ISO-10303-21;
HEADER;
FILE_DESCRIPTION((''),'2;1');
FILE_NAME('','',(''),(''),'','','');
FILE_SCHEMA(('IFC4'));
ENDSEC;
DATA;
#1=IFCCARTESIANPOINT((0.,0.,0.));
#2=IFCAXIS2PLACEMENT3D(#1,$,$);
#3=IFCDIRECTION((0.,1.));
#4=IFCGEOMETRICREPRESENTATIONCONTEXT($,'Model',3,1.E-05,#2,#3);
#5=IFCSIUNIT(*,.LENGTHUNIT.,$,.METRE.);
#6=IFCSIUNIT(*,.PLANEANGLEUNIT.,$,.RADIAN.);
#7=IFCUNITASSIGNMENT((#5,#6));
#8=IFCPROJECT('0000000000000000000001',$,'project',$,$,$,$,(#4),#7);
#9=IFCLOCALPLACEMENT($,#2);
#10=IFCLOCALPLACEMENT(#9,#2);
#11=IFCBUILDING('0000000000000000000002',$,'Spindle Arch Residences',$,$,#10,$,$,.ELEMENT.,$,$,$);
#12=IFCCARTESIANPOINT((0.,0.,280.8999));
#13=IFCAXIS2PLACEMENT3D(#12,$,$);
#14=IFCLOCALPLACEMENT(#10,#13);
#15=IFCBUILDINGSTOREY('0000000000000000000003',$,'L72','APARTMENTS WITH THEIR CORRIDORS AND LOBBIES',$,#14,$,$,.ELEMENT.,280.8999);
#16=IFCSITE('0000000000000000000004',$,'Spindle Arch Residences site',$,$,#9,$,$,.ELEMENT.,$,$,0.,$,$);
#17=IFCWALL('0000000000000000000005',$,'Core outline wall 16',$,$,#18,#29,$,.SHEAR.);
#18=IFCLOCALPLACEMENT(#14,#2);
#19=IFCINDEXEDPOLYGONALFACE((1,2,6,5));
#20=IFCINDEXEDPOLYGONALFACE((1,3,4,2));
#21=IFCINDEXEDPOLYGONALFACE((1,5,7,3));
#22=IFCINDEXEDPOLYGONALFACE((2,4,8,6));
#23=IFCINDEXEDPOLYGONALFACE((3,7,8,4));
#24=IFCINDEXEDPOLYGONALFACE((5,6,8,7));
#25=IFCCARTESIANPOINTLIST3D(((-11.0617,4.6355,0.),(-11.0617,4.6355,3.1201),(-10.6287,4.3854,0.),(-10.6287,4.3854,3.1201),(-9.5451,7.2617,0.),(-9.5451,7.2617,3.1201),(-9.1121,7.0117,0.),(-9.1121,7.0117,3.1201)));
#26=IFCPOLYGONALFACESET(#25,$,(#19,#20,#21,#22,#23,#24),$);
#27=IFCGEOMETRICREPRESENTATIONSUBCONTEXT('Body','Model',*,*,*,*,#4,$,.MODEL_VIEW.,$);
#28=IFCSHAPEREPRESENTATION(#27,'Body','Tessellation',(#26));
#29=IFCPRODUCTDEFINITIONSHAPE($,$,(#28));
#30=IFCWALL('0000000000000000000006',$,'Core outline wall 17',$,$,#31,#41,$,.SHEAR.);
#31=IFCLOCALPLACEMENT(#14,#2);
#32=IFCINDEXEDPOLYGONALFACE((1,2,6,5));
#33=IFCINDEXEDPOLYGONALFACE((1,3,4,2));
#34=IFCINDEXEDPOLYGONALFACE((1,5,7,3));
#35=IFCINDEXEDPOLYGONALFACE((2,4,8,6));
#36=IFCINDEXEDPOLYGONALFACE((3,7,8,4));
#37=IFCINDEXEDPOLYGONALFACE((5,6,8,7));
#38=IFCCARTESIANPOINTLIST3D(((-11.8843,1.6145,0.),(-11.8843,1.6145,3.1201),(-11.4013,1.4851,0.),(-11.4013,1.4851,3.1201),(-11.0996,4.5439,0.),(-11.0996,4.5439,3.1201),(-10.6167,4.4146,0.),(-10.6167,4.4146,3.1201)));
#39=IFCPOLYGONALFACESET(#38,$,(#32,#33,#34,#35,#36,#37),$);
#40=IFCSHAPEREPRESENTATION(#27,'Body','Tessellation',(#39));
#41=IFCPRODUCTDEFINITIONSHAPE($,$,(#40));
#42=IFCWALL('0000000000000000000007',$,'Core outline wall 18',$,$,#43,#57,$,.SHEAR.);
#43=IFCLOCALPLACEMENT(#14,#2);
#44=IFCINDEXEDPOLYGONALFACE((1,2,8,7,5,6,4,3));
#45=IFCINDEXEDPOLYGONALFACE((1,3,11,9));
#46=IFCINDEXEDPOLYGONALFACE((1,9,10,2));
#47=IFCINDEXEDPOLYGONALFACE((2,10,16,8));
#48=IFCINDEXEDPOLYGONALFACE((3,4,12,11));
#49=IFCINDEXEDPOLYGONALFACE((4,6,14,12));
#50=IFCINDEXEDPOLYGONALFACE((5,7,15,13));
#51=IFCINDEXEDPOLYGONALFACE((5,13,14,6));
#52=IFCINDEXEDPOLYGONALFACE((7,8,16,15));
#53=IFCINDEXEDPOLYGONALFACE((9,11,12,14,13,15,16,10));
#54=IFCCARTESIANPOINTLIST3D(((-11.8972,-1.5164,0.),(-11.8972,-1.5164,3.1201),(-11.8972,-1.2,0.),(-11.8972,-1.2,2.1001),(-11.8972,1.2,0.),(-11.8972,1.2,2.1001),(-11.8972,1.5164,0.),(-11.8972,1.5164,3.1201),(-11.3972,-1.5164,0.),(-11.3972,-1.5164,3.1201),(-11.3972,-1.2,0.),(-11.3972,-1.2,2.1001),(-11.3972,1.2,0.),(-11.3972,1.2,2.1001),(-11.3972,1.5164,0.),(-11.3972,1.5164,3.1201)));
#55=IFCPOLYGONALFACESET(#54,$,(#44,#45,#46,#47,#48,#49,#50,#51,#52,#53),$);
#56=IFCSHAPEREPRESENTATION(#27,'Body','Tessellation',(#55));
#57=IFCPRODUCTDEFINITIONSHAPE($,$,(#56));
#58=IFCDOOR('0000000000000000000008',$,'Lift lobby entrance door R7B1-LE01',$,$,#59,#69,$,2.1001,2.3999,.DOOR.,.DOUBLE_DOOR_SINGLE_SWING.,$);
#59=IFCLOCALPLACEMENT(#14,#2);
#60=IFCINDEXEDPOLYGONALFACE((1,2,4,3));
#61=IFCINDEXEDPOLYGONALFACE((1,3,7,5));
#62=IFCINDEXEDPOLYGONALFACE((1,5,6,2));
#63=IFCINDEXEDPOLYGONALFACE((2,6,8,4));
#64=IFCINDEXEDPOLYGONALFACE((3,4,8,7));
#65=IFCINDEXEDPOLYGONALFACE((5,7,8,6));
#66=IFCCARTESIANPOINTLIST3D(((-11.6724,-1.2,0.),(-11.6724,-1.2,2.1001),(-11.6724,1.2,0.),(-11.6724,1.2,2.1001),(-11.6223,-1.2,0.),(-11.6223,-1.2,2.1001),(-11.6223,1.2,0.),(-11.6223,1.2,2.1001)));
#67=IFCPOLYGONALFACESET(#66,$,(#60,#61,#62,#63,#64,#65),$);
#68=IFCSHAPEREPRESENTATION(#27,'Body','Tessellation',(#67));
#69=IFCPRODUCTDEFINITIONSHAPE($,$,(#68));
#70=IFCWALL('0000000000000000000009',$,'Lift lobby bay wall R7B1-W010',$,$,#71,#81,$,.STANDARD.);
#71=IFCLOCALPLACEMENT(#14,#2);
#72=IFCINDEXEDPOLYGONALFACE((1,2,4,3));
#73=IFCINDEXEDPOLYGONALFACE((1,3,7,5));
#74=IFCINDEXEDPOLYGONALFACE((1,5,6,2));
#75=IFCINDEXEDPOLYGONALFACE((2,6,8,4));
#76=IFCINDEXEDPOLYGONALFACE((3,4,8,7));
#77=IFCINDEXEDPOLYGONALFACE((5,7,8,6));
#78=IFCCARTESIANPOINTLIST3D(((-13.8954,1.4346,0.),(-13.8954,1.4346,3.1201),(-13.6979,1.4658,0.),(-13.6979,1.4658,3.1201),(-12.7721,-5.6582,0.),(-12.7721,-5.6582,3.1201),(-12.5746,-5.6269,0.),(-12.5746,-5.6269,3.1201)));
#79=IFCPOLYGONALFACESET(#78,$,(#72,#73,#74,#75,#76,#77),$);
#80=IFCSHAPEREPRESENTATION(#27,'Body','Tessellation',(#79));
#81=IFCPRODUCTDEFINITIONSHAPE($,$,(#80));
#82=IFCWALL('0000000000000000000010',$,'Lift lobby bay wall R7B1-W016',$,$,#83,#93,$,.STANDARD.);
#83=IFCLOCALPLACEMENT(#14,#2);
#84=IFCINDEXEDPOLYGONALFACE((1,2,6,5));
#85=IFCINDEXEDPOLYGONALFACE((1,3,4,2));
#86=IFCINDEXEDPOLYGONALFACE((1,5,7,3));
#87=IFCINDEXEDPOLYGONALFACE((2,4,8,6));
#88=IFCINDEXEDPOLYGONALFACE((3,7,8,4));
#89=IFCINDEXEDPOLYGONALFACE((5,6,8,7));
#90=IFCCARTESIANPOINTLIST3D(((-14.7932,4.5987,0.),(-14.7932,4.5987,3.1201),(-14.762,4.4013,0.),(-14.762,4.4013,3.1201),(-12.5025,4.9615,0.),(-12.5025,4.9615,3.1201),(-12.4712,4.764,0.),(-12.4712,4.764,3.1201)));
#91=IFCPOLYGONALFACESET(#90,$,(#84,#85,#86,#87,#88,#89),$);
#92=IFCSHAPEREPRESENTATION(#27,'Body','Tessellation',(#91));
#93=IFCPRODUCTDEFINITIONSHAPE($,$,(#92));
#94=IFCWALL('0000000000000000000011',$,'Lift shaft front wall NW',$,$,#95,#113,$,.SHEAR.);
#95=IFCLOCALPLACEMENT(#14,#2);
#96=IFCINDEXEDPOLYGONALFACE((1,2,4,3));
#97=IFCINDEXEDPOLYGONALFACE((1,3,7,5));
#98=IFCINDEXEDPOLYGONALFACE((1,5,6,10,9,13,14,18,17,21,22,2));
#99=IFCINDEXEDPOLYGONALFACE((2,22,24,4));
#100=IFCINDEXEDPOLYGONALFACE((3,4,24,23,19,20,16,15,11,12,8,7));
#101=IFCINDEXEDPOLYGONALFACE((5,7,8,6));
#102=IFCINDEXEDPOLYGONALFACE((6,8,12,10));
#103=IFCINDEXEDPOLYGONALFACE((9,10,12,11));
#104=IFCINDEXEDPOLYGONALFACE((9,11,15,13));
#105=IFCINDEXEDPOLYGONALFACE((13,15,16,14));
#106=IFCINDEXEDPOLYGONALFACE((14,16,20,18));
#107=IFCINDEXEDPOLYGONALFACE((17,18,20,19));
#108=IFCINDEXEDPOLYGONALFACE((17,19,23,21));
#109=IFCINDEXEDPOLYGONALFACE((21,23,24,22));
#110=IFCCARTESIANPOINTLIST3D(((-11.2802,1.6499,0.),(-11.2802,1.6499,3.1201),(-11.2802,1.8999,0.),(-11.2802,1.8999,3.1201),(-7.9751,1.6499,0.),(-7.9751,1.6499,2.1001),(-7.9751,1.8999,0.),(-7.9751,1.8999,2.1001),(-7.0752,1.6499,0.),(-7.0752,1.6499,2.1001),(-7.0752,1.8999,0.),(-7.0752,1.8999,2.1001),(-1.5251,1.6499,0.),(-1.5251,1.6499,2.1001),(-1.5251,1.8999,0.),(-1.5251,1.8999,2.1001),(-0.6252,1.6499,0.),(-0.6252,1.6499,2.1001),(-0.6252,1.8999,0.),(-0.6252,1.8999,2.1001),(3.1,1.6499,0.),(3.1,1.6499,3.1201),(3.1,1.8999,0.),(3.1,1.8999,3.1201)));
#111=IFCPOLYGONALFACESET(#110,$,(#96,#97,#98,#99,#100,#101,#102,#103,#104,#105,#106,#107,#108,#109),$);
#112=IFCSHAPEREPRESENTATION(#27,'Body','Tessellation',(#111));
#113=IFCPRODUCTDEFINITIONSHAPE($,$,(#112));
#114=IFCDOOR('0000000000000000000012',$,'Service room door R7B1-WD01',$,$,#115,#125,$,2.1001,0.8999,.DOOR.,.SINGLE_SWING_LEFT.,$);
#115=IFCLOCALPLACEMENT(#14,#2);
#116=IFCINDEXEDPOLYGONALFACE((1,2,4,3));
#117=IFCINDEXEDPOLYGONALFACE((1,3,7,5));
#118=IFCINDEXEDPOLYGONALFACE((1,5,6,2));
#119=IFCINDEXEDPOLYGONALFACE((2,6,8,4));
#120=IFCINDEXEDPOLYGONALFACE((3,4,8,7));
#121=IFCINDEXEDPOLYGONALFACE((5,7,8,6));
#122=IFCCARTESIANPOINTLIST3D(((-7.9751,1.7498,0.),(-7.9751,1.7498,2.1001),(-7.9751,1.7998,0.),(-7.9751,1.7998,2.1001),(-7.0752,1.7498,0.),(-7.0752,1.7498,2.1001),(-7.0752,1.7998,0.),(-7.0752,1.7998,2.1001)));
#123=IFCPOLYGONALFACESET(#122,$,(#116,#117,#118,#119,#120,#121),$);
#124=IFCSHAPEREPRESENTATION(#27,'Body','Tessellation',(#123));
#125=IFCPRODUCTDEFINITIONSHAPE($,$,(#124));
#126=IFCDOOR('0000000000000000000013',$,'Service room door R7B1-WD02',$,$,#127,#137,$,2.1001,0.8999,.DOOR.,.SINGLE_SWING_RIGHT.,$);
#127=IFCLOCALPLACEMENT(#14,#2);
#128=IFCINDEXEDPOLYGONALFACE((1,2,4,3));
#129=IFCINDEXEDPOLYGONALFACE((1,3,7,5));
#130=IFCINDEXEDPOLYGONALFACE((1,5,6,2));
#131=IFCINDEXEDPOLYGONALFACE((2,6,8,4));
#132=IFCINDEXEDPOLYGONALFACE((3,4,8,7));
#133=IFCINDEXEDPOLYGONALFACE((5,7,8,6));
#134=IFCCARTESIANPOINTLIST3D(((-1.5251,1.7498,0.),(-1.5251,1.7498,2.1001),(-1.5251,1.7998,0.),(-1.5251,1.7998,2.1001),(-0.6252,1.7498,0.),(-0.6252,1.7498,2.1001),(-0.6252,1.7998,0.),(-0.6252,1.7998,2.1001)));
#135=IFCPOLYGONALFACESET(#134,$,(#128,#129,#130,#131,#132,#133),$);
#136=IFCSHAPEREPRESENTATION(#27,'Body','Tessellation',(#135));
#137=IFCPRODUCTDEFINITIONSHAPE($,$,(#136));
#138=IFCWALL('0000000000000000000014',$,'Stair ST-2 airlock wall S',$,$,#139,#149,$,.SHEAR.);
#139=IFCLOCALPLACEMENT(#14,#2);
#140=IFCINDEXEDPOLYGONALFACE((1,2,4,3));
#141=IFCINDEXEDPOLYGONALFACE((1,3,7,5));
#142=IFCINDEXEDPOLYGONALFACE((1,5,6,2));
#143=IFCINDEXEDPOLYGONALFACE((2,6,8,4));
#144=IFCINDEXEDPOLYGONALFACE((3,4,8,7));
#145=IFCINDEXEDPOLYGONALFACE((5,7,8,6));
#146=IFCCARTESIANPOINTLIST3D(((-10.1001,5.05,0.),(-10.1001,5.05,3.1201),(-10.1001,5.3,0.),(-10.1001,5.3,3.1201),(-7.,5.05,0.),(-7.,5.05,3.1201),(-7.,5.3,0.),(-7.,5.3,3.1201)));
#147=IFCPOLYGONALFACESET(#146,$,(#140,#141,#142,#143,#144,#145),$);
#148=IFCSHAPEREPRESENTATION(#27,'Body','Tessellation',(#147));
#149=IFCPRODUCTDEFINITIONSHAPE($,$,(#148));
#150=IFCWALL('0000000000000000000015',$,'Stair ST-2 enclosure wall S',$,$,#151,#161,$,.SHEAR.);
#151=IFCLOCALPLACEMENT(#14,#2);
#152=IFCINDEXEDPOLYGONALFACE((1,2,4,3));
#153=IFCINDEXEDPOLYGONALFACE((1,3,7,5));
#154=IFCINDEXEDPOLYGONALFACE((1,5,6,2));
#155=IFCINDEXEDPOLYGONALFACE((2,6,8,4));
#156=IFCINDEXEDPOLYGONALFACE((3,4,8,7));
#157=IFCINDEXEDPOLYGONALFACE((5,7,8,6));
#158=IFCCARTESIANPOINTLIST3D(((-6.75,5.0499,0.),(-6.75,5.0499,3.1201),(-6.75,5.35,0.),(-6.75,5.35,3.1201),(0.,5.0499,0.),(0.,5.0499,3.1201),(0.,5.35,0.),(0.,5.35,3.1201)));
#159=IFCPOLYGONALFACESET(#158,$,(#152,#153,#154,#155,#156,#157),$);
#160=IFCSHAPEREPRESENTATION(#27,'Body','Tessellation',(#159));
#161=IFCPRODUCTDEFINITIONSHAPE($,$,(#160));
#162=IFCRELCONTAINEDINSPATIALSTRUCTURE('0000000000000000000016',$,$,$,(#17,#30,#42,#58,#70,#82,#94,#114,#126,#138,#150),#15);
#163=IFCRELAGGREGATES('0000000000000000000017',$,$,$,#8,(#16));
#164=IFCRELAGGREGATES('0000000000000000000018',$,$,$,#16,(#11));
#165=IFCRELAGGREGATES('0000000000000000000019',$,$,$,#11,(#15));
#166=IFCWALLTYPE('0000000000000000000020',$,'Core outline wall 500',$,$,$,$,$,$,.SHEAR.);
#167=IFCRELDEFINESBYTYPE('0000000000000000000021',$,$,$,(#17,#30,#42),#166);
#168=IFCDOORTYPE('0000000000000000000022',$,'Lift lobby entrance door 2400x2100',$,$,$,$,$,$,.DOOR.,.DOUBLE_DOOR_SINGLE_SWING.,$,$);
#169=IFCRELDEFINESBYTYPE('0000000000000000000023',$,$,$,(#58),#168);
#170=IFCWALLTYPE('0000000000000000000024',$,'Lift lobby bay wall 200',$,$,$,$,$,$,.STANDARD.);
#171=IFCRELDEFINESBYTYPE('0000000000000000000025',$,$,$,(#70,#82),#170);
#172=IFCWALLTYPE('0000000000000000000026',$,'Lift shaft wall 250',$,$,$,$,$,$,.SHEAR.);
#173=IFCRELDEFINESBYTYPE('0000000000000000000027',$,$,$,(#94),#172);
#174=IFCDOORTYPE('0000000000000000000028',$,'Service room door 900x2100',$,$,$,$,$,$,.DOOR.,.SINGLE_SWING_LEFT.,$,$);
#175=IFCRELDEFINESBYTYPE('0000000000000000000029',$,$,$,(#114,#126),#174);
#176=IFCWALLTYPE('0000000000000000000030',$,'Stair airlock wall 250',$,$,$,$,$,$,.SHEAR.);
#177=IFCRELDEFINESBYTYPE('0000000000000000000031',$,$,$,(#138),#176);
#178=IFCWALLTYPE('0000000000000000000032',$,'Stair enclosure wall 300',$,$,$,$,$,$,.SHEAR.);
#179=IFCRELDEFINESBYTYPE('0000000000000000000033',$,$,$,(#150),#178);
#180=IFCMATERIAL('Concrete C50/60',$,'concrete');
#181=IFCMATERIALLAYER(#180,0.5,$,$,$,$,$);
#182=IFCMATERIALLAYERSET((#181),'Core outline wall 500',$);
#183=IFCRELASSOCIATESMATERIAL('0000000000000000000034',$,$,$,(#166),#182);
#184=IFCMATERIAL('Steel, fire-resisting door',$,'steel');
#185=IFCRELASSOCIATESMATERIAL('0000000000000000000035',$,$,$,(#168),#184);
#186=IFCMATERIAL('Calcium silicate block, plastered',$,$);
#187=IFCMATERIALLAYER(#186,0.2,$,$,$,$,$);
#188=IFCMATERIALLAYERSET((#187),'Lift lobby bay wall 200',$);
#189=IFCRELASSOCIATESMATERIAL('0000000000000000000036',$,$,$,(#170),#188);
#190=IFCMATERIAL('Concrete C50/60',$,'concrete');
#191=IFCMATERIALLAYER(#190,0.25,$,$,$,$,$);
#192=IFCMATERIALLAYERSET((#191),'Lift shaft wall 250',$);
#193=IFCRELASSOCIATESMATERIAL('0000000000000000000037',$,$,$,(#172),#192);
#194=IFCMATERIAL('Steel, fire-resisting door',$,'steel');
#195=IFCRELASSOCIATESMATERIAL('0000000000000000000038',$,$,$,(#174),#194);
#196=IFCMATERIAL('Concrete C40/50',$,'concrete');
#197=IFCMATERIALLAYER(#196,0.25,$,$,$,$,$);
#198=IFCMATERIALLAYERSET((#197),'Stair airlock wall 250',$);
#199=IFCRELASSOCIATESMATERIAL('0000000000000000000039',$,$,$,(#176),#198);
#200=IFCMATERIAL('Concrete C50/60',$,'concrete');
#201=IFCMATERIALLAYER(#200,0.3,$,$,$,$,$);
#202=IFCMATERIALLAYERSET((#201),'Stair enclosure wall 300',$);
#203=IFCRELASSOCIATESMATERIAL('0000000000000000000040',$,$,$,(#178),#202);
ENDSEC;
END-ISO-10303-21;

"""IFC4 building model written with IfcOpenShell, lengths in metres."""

from ifc_helpers import new_model, si_unit, direction, frame, frame_2d, origin, place, context, subcontext, project, spatial, rectangle, extrude, material, layer, layer_set, type_object, element, fill, save


model = new_model("IFC4")

# Units and contexts
model_context = context("Model", 3, precision=1e-05, world=origin(), true_north=direction((0.0, 1.0)))
body_context = subcontext(model_context, "Body", "Model", "MODEL_VIEW")
ifc_project = project(units=[si_unit("LENGTHUNIT", "METRE"), si_unit("PLANEANGLEUNIT", "RADIAN")], contexts=[model_context])

# Site, building, storey
site_placement = place(None, origin())
site = spatial("IfcSite", under=ifc_project, at=site_placement, Name="Spindle Arch Residences site", CompositionType="ELEMENT", RefElevation=0.0)
building_placement = place(site_placement, origin())
building = spatial("IfcBuilding", under=site, at=building_placement, Name="Spindle Arch Residences", CompositionType="ELEMENT")
storey_placement = place(building_placement, frame((0.0, 0.0, 280.8999)))
storey = spatial("IfcBuildingStorey", under=building, at=storey_placement, Name="L72", Description="APARTMENTS WITH THEIR CORRIDORS AND LOBBIES", CompositionType="ELEMENT", Elevation=280.8999)

# Walls
ifc_material_1 = material(Name="Concrete C50/60", Category="concrete")
ifc_layer_1 = layer(ifc_material_1, 0.5)
ifc_layer_set_1 = layer_set([ifc_layer_1], Name="Core outline wall 500")
wall_type_1 = type_object("IfcWallType", Name="Core outline wall 500", PredefinedType="SHEAR", material=ifc_layer_set_1)
for number, where, z_axis, x_axis, name in (
    (1, (-9.3286, 7.1367, 0.0), (0.0, 0.0, 1.0), (-0.500087, -0.865975, 0.0), "Core outline wall 16"),
    (2, (-10.8582, 4.4792, 0.0), (0.0, 0.0, 1.0), (-0.258735, -0.965948, 0.0), "Core outline wall 17"),
):
    element("IfcWall", number, at=place(storey_placement, frame(where, z_axis=z_axis, x_axis=x_axis)), inside=storey, type_object=wall_type_1, Name=name, PredefinedType="SHEAR", context=body_context, shape_type="SweptSolid", body=[
        extrude(rectangle(XDim=3.0327, YDim=0.5, at=frame_2d((1.5164, 0.0))), origin(), (0.0, 0.0, 1.0), 3.1201),
    ])

# Wall, opening, door
wall_1_placement = place(storey_placement, frame((-11.6472, 1.5164, 0.0), z_axis=(0.0, 0.0, 1.0), x_axis=(0.0, -1.0, 0.0)))
wall_1 = element("IfcWall", 3, at=wall_1_placement, inside=storey, type_object=wall_type_1, Name="Core outline wall 18", PredefinedType="SHEAR", context=body_context, shape_type="SweptSolid", body=[
    extrude(rectangle(XDim=3.0327, YDim=0.5, at=frame_2d((1.5164, 0.0))), origin(), (0.0, 0.0, 1.0), 3.1201),
])
opening_1_placement = place(wall_1_placement, frame((0.3164, 0.0, 0.0)))
opening_1 = element("IfcOpeningElement", 4, at=opening_1_placement, cuts=wall_1, PredefinedType="OPENING", context=body_context, shape_type="SweptSolid", body=[
    extrude(rectangle(XDim=2.3999, YDim=2.1001, at=frame_2d((1.2, 1.05))), frame((0.0, 0.26, 0.0), z_axis=(0.0, -1.0, 0.0), x_axis=(1.0, 0.0, 0.0)), (0.0, 0.0, 1.0), 0.52),
])
ifc_material_2 = material(Name="Steel, fire-resisting door", Category="steel")
door_type_1 = type_object("IfcDoorType", Name="Lift lobby entrance door 2400x2100", OperationType="DOUBLE_DOOR_SINGLE_SWING", PredefinedType="DOOR", material=ifc_material_2)
door_1_placement = place(opening_1_placement, origin())
door_1 = element("IfcDoor", 5, at=door_1_placement, inside=storey, type_object=door_type_1, Name="Lift lobby entrance door R7B1-LE01", OperationType="DOUBLE_DOOR_SINGLE_SWING", OverallHeight=2.1001, OverallWidth=2.3999, PredefinedType="DOOR", context=body_context, shape_type="SweptSolid", body=[
    extrude(rectangle(XDim=2.3999, YDim=2.1001, at=frame_2d((1.2, 1.05))), frame((0.0, 0.0249, 0.0), z_axis=(0.0, -1.0, 0.0), x_axis=(1.0, 0.0, 0.0)), (0.0, 0.0, 1.0), 0.05),
])
fill(opening_1, door_1)

# Walls
ifc_material_3 = material(Name="Calcium silicate block, plastered")
ifc_layer_2 = layer(ifc_material_3, 0.2)
ifc_layer_set_2 = layer_set([ifc_layer_2], Name="Lift lobby bay wall 200")
wall_type_2 = type_object("IfcWallType", Name="Lift lobby bay wall 200", PredefinedType="STANDARD", material=ifc_layer_set_2)
wall_2_placement = place(storey_placement, frame((-13.7966, 1.4502, 0.0), z_axis=(0.0, 0.0, 1.0), x_axis=(0.156422, -0.98769, 0.0)))
element("IfcWall", 6, at=wall_2_placement, inside=storey, type_object=wall_type_2, Name="Lift lobby bay wall R7B1-W010", PredefinedType="STANDARD", context=body_context, shape_type="SweptSolid", body=[
    extrude(rectangle(XDim=7.1812, YDim=0.2, at=frame_2d((3.5906, 0.0))), origin(), (0.0, 0.0, 1.0), 3.1201),
])
wall_3_placement = place(storey_placement, frame((-12.4868, 4.8628, 0.0), z_axis=(0.0, 0.0, 1.0), x_axis=(-0.98769, -0.156422, 0.0)))
element("IfcWall", 7, at=wall_3_placement, inside=storey, type_object=wall_type_2, Name="Lift lobby bay wall R7B1-W016", PredefinedType="STANDARD", context=body_context, shape_type="SweptSolid", body=[
    extrude(rectangle(XDim=2.3193, YDim=0.2, at=frame_2d((1.1597, 0.0))), origin(), (0.0, 0.0, 1.0), 3.1201),
])

# Wall, openings, doors
ifc_material_4 = material(Name="Concrete C50/60", Category="concrete")
ifc_layer_3 = layer(ifc_material_4, 0.25)
ifc_layer_set_3 = layer_set([ifc_layer_3], Name="Lift shaft wall 250")
wall_type_3 = type_object("IfcWallType", Name="Lift shaft wall 250", PredefinedType="SHEAR", material=ifc_layer_set_3)
wall_4_placement = place(storey_placement, frame((-11.28, 1.7749, 0.0), z_axis=(0.0, 0.0, 1.0), x_axis=(1.0, 0.0, 0.0)))
wall_4 = element("IfcWall", 8, at=wall_4_placement, inside=storey, type_object=wall_type_3, Name="Lift shaft front wall NW", PredefinedType="SHEAR", context=body_context, shape_type="SweptSolid", body=[
    extrude(rectangle(XDim=14.3801, YDim=0.25, at=frame_2d((7.1899, 0.0))), origin(), (0.0, 0.0, 1.0), 3.1201),
])
opening_2_placement = place(wall_4_placement, frame((3.3049, 0.0, 0.0)))
opening_2 = element("IfcOpeningElement", 9, at=opening_2_placement, cuts=wall_4, PredefinedType="OPENING", context=body_context, shape_type="SweptSolid", body=[
    extrude(rectangle(XDim=0.8999, YDim=2.1001, at=frame_2d((0.45, 1.05))), frame((0.0, 0.135, 0.0), z_axis=(0.0, -1.0, 0.0), x_axis=(1.0, 0.0, 0.0)), (0.0, 0.0, 1.0), 0.27),
])
opening_3_placement = place(wall_4_placement, frame((9.7549, 0.0, 0.0)))
opening_3 = element("IfcOpeningElement", 10, at=opening_3_placement, cuts=wall_4, PredefinedType="OPENING", context=body_context, shape_type="SweptSolid", body=[
    extrude(rectangle(XDim=0.8999, YDim=2.1001, at=frame_2d((0.45, 1.05))), frame((0.0, 0.135, 0.0), z_axis=(0.0, -1.0, 0.0), x_axis=(1.0, 0.0, 0.0)), (0.0, 0.0, 1.0), 0.27),
])
ifc_material_5 = material(Name="Steel, fire-resisting door", Category="steel")
door_type_2 = type_object("IfcDoorType", Name="Service room door 900x2100", OperationType="SINGLE_SWING_LEFT", PredefinedType="DOOR", material=ifc_material_5)
door_2_placement = place(opening_2_placement, origin())
door_2 = element("IfcDoor", 11, at=door_2_placement, inside=storey, type_object=door_type_2, Name="Service room door R7B1-WD01", OperationType="SINGLE_SWING_LEFT", OverallHeight=2.1001, OverallWidth=0.8999, PredefinedType="DOOR", context=body_context, shape_type="SweptSolid", body=[
    extrude(rectangle(XDim=0.8999, YDim=2.1001, at=frame_2d((0.45, 1.05))), frame((0.0, 0.0249, 0.0), z_axis=(0.0, -1.0, 0.0), x_axis=(1.0, 0.0, 0.0)), (0.0, 0.0, 1.0), 0.05),
])
fill(opening_2, door_2)
door_3_placement = place(opening_3_placement, origin())
door_3 = element("IfcDoor", 12, at=door_3_placement, inside=storey, type_object=door_type_2, Name="Service room door R7B1-WD02", OperationType="SINGLE_SWING_RIGHT", OverallHeight=2.1001, OverallWidth=0.8999, PredefinedType="DOOR", context=body_context, shape_type="SweptSolid", body=[
    extrude(rectangle(XDim=0.8999, YDim=2.1001, at=frame_2d((0.45, 1.05))), frame((0.0, 0.0249, 0.0), z_axis=(0.0, -1.0, 0.0), x_axis=(1.0, 0.0, 0.0)), (0.0, 0.0, 1.0), 0.05),
])
fill(opening_3, door_3)

# Walls
ifc_material_6 = material(Name="Concrete C40/50", Category="concrete")
ifc_layer_4 = layer(ifc_material_6, 0.25)
ifc_layer_set_4 = layer_set([ifc_layer_4], Name="Stair airlock wall 250")
wall_type_4 = type_object("IfcWallType", Name="Stair airlock wall 250", PredefinedType="SHEAR", material=ifc_layer_set_4)
wall_5_placement = place(storey_placement, frame((-7.0, 5.175, 0.0), z_axis=(0.0, 0.0, 1.0), x_axis=(-1.0, 0.0, 0.0)))
element("IfcWall", 13, at=wall_5_placement, inside=storey, type_object=wall_type_4, Name="Stair ST-2 airlock wall S", PredefinedType="SHEAR", context=body_context, shape_type="SweptSolid", body=[
    extrude(rectangle(XDim=3.1001, YDim=0.25, at=frame_2d((1.55, 0.0))), origin(), (0.0, 0.0, 1.0), 3.1201),
])
ifc_material_7 = material(Name="Concrete C50/60", Category="concrete")
ifc_layer_5 = layer(ifc_material_7, 0.3)
ifc_layer_set_5 = layer_set([ifc_layer_5], Name="Stair enclosure wall 300")
wall_type_5 = type_object("IfcWallType", Name="Stair enclosure wall 300", PredefinedType="SHEAR", material=ifc_layer_set_5)
wall_6_placement = place(storey_placement, frame((-6.75, 5.2, 0.0), z_axis=(0.0, 0.0, 1.0), x_axis=(1.0, 0.0, 0.0)))
element("IfcWall", 14, at=wall_6_placement, inside=storey, type_object=wall_type_5, Name="Stair ST-2 enclosure wall S", PredefinedType="SHEAR", context=body_context, shape_type="SweptSolid", body=[
    extrude(rectangle(XDim=6.75, YDim=0.3, at=frame_2d((3.375, 0.0))), origin(), (0.0, 0.0, 1.0), 3.1201),
])

save(model, "model.ifc")
